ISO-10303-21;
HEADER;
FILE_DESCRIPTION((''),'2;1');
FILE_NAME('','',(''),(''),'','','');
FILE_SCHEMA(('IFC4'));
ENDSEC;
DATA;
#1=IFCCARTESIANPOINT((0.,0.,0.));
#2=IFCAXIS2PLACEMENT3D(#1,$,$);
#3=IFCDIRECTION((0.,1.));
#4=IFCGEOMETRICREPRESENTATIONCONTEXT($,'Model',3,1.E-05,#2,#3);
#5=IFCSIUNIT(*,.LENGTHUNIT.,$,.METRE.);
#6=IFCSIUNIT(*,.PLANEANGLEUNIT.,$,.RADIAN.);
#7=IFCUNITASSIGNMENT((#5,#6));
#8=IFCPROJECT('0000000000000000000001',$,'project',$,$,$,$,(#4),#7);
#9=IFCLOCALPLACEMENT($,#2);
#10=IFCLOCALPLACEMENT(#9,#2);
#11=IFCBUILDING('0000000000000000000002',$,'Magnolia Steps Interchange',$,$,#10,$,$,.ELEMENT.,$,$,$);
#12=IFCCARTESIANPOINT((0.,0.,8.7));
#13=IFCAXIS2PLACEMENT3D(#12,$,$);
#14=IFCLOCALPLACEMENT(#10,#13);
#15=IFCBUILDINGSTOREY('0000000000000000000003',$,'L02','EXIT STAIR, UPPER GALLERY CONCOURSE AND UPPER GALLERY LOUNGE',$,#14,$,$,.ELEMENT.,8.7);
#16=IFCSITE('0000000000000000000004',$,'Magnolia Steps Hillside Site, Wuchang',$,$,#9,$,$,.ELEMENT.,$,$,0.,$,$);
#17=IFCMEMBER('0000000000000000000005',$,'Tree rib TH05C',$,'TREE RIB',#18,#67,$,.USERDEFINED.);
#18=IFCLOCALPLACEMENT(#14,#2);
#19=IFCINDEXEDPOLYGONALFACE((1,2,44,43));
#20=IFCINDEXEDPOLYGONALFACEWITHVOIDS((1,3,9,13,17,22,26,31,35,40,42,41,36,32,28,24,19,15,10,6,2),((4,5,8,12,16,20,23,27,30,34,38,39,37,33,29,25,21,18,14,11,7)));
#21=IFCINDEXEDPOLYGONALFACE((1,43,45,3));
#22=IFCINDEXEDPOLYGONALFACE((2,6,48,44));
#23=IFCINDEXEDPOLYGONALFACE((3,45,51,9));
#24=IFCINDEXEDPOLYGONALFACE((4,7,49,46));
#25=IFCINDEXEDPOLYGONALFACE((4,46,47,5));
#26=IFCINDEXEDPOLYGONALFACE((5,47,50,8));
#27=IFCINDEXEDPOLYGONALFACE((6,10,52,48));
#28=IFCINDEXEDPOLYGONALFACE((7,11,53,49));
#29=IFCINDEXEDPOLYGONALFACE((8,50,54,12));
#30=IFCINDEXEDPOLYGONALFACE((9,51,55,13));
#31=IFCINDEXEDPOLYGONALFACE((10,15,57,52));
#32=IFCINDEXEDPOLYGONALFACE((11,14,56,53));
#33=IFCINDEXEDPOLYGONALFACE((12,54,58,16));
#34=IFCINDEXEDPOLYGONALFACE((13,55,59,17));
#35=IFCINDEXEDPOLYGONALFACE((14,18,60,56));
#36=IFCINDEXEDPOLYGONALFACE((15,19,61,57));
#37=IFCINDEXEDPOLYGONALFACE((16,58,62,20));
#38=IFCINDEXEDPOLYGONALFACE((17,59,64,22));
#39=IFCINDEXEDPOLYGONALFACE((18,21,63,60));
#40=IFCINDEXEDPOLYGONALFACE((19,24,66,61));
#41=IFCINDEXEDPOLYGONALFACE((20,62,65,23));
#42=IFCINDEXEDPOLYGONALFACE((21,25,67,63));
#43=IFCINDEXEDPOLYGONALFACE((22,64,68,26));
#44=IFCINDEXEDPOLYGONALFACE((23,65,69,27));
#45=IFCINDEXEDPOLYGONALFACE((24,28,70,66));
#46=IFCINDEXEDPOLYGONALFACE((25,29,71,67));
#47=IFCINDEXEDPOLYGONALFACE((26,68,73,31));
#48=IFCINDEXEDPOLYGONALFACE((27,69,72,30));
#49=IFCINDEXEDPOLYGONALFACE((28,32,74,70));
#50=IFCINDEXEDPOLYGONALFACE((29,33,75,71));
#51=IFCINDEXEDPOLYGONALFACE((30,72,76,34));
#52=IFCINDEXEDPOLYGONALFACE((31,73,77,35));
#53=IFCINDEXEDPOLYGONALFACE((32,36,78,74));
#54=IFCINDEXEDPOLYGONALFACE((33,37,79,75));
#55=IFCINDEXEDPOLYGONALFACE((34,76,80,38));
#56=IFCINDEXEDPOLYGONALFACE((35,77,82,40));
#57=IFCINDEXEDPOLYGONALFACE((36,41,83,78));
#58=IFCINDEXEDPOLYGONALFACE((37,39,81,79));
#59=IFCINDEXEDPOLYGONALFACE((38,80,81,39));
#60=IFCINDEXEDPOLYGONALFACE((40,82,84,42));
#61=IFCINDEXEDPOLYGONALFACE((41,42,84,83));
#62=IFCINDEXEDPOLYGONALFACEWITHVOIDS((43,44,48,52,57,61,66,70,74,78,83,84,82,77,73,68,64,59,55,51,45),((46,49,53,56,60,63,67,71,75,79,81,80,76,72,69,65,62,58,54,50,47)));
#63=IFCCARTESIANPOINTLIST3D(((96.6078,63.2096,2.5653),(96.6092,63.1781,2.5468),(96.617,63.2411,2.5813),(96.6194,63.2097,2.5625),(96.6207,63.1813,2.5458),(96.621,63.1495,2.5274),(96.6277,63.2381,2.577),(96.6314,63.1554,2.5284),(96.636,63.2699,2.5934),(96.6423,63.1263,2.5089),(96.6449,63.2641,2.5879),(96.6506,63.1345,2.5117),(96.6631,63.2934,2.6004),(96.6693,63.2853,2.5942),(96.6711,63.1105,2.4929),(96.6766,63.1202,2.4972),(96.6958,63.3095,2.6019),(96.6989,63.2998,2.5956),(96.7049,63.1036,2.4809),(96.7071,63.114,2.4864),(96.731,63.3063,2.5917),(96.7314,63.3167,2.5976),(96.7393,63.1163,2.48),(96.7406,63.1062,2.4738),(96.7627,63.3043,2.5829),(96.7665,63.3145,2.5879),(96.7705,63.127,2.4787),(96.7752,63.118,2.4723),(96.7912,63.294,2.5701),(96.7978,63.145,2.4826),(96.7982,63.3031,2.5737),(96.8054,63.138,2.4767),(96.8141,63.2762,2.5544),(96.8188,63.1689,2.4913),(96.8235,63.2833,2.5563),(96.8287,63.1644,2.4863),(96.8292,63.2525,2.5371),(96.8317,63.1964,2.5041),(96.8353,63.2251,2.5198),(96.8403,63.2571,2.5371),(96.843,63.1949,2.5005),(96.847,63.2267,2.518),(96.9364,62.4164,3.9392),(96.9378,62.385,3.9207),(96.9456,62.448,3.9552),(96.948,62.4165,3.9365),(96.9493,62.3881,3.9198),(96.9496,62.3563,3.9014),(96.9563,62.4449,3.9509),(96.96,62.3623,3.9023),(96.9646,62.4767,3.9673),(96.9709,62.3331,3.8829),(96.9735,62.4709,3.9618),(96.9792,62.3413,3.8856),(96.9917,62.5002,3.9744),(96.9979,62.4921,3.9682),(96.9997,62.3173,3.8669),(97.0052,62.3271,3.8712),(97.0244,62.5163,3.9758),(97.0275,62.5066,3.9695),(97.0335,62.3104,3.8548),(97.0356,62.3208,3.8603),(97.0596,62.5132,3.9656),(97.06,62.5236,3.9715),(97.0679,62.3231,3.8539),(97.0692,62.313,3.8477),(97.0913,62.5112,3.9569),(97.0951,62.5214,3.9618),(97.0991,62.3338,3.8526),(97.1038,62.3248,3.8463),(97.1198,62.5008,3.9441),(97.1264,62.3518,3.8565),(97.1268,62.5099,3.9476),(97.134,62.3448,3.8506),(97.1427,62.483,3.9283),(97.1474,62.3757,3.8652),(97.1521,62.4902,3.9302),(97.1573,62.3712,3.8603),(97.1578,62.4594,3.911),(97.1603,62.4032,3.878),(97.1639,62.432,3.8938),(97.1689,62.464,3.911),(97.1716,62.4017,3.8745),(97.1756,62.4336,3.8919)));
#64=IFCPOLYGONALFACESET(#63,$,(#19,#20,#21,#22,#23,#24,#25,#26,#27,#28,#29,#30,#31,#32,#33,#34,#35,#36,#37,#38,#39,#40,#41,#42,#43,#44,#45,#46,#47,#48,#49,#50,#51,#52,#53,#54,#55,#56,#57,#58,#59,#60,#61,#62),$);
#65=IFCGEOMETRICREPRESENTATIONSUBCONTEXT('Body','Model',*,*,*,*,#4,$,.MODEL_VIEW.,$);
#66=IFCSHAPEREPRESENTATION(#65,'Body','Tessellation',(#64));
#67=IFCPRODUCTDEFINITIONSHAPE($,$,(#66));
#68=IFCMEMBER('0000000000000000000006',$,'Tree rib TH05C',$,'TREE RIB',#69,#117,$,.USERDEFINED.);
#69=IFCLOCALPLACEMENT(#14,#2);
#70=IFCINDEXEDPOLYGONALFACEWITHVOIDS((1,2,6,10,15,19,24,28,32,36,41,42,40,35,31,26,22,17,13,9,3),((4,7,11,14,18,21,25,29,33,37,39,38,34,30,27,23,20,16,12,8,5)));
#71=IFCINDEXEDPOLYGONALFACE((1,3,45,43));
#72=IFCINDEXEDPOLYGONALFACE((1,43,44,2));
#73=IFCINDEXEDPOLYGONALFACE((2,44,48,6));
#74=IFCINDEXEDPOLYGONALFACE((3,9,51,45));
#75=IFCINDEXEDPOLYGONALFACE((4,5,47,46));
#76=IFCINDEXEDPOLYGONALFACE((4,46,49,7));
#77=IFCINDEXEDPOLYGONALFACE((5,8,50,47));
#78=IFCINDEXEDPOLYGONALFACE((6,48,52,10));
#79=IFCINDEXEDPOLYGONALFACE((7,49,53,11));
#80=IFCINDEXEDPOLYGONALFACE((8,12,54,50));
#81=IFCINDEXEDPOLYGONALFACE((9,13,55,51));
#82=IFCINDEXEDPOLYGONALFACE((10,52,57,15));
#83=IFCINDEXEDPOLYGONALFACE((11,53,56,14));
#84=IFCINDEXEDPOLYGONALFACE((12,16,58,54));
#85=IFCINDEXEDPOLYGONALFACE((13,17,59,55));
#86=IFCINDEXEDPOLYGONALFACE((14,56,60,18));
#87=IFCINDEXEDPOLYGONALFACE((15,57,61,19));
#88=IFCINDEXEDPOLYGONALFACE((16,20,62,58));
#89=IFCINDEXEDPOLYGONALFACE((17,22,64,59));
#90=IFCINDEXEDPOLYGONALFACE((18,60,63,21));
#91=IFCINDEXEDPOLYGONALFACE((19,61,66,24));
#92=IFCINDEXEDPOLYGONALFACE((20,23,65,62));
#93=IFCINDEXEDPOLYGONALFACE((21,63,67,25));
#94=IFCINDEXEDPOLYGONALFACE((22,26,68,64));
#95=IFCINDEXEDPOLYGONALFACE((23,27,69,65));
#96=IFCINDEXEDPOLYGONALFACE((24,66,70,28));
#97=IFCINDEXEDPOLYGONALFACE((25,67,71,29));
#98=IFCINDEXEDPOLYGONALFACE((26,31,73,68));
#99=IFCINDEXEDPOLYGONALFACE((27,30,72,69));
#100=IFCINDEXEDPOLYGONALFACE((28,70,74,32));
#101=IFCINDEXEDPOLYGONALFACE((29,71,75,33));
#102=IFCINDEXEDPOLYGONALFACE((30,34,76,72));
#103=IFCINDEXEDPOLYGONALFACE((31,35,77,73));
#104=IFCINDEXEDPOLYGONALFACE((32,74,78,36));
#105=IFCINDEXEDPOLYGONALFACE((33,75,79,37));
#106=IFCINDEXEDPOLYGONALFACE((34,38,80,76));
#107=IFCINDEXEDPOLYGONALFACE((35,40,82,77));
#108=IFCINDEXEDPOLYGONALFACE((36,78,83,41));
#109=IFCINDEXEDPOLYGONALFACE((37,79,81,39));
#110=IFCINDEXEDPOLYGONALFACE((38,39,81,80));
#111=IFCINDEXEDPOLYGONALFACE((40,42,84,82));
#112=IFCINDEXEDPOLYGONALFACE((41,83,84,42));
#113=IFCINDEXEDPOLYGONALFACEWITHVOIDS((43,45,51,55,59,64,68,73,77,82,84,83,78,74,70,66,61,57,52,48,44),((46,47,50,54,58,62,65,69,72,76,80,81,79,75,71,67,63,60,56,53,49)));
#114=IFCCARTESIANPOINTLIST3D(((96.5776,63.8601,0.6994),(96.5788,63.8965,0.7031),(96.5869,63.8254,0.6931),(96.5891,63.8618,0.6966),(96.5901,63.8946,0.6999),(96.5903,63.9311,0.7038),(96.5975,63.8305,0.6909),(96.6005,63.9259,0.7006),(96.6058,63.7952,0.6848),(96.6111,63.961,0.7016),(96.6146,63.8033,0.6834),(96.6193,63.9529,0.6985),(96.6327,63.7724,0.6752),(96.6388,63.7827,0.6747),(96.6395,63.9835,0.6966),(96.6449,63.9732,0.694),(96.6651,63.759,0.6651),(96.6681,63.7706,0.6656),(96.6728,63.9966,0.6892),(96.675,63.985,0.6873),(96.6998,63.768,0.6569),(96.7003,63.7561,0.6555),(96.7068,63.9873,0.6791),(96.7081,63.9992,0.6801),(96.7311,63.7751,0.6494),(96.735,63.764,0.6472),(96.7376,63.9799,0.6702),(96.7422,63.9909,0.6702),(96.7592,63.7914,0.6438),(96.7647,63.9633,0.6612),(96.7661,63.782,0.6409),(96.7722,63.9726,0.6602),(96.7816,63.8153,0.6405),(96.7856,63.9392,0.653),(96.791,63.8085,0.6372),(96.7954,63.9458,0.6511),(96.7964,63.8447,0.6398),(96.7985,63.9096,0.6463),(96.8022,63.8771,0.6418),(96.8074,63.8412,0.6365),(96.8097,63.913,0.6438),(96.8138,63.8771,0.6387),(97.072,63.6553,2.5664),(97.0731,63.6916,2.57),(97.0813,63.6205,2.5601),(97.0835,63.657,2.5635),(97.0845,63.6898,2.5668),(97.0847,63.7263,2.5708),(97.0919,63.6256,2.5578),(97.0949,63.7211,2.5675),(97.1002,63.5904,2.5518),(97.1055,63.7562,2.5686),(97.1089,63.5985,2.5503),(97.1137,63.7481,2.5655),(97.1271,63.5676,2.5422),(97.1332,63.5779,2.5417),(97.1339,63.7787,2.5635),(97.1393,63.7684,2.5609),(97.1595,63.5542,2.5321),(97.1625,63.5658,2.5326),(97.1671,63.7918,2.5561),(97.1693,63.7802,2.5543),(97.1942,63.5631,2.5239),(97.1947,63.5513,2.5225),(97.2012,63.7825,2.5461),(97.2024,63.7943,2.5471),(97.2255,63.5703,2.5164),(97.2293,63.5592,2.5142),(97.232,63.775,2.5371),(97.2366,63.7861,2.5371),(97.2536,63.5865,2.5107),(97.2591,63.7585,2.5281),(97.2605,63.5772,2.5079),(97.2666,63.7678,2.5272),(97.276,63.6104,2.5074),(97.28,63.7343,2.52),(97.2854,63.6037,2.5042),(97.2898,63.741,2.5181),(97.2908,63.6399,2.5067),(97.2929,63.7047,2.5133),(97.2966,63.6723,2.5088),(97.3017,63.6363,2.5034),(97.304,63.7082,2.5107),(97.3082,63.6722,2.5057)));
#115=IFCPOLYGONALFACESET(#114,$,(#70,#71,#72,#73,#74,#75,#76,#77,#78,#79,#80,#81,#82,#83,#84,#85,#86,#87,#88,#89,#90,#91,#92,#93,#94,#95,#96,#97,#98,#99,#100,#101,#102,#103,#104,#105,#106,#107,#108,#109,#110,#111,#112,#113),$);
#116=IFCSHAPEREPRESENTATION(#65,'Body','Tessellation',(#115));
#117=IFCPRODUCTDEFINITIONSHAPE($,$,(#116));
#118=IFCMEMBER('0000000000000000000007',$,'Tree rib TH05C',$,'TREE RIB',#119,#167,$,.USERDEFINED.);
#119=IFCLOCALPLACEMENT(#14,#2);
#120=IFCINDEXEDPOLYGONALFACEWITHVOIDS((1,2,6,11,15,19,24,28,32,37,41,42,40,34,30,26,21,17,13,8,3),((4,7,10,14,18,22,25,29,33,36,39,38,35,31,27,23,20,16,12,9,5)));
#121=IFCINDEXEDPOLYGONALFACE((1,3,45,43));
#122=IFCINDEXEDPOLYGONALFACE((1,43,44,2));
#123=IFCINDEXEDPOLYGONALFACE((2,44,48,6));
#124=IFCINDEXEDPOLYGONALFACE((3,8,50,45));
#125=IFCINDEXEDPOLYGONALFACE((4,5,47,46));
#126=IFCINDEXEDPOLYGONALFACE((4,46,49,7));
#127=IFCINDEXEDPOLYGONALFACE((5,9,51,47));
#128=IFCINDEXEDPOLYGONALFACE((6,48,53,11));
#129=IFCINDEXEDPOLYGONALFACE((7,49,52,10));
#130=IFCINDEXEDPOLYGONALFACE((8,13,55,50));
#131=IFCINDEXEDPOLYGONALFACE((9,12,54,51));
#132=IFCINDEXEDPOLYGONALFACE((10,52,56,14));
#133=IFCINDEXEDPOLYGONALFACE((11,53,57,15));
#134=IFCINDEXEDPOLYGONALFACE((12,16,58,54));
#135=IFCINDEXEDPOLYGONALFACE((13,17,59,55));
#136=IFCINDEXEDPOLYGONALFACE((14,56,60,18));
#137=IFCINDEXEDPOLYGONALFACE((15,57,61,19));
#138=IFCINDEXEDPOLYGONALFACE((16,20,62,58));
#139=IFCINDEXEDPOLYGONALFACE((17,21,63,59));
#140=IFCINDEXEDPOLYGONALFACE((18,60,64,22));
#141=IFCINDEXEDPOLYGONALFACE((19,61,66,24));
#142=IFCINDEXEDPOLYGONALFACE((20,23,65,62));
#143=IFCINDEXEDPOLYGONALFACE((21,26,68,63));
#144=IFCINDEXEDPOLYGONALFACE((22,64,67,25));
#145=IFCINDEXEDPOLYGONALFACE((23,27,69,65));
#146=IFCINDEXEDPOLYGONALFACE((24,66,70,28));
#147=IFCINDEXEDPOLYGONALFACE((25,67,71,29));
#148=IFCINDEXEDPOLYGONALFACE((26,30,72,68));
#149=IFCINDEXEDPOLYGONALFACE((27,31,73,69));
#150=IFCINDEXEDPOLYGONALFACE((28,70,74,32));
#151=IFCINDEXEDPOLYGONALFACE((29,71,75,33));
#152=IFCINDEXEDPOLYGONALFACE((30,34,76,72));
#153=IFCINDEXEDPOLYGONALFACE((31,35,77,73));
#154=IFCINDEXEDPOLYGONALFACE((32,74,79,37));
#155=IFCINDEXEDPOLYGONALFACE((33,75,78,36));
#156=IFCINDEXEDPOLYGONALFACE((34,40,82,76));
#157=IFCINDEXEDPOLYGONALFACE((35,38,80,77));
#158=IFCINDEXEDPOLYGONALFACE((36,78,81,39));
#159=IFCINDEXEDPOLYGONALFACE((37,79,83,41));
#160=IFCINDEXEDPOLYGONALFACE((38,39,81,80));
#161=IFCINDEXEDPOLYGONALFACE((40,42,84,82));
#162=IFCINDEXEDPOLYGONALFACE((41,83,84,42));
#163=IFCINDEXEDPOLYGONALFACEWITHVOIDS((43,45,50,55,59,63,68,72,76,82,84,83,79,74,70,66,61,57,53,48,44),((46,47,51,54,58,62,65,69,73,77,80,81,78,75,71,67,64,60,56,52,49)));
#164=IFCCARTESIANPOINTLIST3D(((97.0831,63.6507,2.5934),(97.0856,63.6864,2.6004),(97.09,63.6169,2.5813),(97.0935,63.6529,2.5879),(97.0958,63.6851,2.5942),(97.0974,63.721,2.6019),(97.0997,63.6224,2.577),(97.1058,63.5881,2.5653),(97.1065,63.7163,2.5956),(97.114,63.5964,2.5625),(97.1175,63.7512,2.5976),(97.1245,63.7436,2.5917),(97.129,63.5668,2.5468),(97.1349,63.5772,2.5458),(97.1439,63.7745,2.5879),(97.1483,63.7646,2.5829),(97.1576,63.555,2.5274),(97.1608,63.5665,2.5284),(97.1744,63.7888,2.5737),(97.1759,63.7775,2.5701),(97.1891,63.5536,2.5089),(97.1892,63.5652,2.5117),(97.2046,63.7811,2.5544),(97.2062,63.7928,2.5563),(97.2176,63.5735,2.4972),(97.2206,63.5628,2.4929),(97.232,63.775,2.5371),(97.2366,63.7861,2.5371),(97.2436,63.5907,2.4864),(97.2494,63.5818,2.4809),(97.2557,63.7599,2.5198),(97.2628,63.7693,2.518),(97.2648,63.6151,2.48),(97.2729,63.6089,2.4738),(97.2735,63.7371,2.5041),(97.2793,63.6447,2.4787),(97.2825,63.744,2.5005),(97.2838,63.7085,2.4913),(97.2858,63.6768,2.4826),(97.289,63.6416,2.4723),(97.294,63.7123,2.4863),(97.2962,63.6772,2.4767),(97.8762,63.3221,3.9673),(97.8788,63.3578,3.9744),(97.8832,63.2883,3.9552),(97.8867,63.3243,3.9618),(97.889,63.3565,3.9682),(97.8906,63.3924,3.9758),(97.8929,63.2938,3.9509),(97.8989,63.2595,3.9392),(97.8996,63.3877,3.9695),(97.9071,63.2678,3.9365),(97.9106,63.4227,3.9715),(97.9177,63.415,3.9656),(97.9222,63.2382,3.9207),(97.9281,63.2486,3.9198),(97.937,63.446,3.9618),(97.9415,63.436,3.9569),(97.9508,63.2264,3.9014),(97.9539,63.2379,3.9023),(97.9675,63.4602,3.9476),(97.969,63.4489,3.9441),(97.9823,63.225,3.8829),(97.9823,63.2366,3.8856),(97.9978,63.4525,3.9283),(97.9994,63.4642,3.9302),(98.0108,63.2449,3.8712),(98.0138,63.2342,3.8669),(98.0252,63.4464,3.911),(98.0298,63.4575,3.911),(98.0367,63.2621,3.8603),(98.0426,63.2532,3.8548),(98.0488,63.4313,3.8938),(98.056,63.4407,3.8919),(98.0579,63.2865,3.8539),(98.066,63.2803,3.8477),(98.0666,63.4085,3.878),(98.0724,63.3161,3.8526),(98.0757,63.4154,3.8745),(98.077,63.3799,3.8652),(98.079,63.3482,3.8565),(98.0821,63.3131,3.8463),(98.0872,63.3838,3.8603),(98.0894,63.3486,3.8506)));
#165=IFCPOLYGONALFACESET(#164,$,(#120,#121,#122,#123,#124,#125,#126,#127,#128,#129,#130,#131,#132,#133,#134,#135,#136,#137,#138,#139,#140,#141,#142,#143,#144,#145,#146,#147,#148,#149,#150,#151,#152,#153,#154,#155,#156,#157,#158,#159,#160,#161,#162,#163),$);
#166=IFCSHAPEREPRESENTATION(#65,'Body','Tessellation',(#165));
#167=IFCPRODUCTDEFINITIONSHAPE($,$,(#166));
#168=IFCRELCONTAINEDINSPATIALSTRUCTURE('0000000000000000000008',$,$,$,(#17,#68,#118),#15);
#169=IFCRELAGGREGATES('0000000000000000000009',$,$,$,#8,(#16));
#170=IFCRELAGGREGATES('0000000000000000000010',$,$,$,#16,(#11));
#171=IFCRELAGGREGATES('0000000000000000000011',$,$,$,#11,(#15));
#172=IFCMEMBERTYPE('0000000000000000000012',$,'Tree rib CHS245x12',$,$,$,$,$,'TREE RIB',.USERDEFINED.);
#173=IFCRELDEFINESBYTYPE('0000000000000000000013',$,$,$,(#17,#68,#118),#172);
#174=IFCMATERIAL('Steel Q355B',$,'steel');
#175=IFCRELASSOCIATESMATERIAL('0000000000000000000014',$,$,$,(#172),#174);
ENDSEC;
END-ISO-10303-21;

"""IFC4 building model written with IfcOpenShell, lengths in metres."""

from ifc_helpers import new_model, si_unit, direction, frame, origin, origin_2d, place, context, subcontext, project, spatial, hollow_circle, extrude, material, material_profile, profile_set, type_object, element, save


model = new_model("IFC4")

# Units and contexts
model_context = context("Model", 3, precision=1e-05, world=origin(), true_north=direction((0.0, 1.0)))
body_context = subcontext(model_context, "Body", "Model", "MODEL_VIEW")
ifc_project = project(units=[si_unit("LENGTHUNIT", "METRE"), si_unit("PLANEANGLEUNIT", "RADIAN")], contexts=[model_context])

# Site, building, storey
site_placement = place(None, origin())
site = spatial("IfcSite", under=ifc_project, at=site_placement, Name="Magnolia Steps Hillside Site, Wuchang", CompositionType="ELEMENT", RefElevation=0.0)
building_placement = place(site_placement, origin())
building = spatial("IfcBuilding", under=site, at=building_placement, Name="Magnolia Steps Interchange", CompositionType="ELEMENT")
storey_placement = place(building_placement, frame((0.0, 0.0, 8.7)))
storey = spatial("IfcBuildingStorey", under=building, at=storey_placement, Name="L02", Description="EXIT STAIR, UPPER GALLERY CONCOURSE AND UPPER GALLERY LOUNGE", CompositionType="ELEMENT", Elevation=8.7)

# Members
ifc_material_1 = material(Name="Steel Q355B", Category="steel")
ifc_material_profile_1 = material_profile(ifc_material_1, hollow_circle(Radius=0.1226, WallThickness=0.012, at=origin_2d()), Name="CHS245x12")
ifc_profile_set_1 = profile_set([ifc_material_profile_1], Name="Steel Q355B")
member_type_1 = type_object("IfcMemberType", Name="Tree rib CHS245x12", ElementType="TREE RIB", PredefinedType="USERDEFINED", material=ifc_profile_set_1)
member_1_placement = place(storey_placement, frame((96.7271, 63.2102, 2.5371), z_axis=(0.20282, -0.489571, 0.848047), x_axis=(0.923857, 0.382737, 0.0)))
element("IfcMember", 1, at=member_1_placement, inside=storey, type_object=member_type_1, Name="Tree rib TH05C", ObjectType="TREE RIB", PredefinedType="USERDEFINED", context=body_context, shape_type="SweptSolid", body=[
    extrude(hollow_circle(Radius=0.1226, WallThickness=0.012, at=origin_2d()), origin(), (0.0, 0.0, 1.0), 1.6201),
])
member_2_placement = place(storey_placement, frame((96.6953, 63.8777, 0.6702), z_axis=(0.254559, -0.105469, 0.961289), x_axis=(0.382768, 0.923844, 0.0)))
element("IfcMember", 2, at=member_2_placement, inside=storey, type_object=member_type_1, Name="Tree rib TH05C", ObjectType="TREE RIB", PredefinedType="USERDEFINED", context=body_context, shape_type="SweptSolid", body=[
    extrude(hollow_circle(Radius=0.1226, WallThickness=0.012, at=origin_2d()), origin(), (0.0, 0.0, 1.0), 1.9421),
])
member_3_placement = place(storey_placement, frame((97.1897, 63.6729, 2.5371), z_axis=(0.489571, -0.20282, 0.848047), x_axis=(0.382737, 0.923857, 0.0)))
element("IfcMember", 3, at=member_3_placement, inside=storey, type_object=member_type_1, Name="Tree rib TH05C", ObjectType="TREE RIB", PredefinedType="USERDEFINED", context=body_context, shape_type="SweptSolid", body=[
    extrude(hollow_circle(Radius=0.1226, WallThickness=0.012, at=origin_2d()), origin(), (0.0, 0.0, 1.0), 1.6201),
])

save(model, "model.ifc")
